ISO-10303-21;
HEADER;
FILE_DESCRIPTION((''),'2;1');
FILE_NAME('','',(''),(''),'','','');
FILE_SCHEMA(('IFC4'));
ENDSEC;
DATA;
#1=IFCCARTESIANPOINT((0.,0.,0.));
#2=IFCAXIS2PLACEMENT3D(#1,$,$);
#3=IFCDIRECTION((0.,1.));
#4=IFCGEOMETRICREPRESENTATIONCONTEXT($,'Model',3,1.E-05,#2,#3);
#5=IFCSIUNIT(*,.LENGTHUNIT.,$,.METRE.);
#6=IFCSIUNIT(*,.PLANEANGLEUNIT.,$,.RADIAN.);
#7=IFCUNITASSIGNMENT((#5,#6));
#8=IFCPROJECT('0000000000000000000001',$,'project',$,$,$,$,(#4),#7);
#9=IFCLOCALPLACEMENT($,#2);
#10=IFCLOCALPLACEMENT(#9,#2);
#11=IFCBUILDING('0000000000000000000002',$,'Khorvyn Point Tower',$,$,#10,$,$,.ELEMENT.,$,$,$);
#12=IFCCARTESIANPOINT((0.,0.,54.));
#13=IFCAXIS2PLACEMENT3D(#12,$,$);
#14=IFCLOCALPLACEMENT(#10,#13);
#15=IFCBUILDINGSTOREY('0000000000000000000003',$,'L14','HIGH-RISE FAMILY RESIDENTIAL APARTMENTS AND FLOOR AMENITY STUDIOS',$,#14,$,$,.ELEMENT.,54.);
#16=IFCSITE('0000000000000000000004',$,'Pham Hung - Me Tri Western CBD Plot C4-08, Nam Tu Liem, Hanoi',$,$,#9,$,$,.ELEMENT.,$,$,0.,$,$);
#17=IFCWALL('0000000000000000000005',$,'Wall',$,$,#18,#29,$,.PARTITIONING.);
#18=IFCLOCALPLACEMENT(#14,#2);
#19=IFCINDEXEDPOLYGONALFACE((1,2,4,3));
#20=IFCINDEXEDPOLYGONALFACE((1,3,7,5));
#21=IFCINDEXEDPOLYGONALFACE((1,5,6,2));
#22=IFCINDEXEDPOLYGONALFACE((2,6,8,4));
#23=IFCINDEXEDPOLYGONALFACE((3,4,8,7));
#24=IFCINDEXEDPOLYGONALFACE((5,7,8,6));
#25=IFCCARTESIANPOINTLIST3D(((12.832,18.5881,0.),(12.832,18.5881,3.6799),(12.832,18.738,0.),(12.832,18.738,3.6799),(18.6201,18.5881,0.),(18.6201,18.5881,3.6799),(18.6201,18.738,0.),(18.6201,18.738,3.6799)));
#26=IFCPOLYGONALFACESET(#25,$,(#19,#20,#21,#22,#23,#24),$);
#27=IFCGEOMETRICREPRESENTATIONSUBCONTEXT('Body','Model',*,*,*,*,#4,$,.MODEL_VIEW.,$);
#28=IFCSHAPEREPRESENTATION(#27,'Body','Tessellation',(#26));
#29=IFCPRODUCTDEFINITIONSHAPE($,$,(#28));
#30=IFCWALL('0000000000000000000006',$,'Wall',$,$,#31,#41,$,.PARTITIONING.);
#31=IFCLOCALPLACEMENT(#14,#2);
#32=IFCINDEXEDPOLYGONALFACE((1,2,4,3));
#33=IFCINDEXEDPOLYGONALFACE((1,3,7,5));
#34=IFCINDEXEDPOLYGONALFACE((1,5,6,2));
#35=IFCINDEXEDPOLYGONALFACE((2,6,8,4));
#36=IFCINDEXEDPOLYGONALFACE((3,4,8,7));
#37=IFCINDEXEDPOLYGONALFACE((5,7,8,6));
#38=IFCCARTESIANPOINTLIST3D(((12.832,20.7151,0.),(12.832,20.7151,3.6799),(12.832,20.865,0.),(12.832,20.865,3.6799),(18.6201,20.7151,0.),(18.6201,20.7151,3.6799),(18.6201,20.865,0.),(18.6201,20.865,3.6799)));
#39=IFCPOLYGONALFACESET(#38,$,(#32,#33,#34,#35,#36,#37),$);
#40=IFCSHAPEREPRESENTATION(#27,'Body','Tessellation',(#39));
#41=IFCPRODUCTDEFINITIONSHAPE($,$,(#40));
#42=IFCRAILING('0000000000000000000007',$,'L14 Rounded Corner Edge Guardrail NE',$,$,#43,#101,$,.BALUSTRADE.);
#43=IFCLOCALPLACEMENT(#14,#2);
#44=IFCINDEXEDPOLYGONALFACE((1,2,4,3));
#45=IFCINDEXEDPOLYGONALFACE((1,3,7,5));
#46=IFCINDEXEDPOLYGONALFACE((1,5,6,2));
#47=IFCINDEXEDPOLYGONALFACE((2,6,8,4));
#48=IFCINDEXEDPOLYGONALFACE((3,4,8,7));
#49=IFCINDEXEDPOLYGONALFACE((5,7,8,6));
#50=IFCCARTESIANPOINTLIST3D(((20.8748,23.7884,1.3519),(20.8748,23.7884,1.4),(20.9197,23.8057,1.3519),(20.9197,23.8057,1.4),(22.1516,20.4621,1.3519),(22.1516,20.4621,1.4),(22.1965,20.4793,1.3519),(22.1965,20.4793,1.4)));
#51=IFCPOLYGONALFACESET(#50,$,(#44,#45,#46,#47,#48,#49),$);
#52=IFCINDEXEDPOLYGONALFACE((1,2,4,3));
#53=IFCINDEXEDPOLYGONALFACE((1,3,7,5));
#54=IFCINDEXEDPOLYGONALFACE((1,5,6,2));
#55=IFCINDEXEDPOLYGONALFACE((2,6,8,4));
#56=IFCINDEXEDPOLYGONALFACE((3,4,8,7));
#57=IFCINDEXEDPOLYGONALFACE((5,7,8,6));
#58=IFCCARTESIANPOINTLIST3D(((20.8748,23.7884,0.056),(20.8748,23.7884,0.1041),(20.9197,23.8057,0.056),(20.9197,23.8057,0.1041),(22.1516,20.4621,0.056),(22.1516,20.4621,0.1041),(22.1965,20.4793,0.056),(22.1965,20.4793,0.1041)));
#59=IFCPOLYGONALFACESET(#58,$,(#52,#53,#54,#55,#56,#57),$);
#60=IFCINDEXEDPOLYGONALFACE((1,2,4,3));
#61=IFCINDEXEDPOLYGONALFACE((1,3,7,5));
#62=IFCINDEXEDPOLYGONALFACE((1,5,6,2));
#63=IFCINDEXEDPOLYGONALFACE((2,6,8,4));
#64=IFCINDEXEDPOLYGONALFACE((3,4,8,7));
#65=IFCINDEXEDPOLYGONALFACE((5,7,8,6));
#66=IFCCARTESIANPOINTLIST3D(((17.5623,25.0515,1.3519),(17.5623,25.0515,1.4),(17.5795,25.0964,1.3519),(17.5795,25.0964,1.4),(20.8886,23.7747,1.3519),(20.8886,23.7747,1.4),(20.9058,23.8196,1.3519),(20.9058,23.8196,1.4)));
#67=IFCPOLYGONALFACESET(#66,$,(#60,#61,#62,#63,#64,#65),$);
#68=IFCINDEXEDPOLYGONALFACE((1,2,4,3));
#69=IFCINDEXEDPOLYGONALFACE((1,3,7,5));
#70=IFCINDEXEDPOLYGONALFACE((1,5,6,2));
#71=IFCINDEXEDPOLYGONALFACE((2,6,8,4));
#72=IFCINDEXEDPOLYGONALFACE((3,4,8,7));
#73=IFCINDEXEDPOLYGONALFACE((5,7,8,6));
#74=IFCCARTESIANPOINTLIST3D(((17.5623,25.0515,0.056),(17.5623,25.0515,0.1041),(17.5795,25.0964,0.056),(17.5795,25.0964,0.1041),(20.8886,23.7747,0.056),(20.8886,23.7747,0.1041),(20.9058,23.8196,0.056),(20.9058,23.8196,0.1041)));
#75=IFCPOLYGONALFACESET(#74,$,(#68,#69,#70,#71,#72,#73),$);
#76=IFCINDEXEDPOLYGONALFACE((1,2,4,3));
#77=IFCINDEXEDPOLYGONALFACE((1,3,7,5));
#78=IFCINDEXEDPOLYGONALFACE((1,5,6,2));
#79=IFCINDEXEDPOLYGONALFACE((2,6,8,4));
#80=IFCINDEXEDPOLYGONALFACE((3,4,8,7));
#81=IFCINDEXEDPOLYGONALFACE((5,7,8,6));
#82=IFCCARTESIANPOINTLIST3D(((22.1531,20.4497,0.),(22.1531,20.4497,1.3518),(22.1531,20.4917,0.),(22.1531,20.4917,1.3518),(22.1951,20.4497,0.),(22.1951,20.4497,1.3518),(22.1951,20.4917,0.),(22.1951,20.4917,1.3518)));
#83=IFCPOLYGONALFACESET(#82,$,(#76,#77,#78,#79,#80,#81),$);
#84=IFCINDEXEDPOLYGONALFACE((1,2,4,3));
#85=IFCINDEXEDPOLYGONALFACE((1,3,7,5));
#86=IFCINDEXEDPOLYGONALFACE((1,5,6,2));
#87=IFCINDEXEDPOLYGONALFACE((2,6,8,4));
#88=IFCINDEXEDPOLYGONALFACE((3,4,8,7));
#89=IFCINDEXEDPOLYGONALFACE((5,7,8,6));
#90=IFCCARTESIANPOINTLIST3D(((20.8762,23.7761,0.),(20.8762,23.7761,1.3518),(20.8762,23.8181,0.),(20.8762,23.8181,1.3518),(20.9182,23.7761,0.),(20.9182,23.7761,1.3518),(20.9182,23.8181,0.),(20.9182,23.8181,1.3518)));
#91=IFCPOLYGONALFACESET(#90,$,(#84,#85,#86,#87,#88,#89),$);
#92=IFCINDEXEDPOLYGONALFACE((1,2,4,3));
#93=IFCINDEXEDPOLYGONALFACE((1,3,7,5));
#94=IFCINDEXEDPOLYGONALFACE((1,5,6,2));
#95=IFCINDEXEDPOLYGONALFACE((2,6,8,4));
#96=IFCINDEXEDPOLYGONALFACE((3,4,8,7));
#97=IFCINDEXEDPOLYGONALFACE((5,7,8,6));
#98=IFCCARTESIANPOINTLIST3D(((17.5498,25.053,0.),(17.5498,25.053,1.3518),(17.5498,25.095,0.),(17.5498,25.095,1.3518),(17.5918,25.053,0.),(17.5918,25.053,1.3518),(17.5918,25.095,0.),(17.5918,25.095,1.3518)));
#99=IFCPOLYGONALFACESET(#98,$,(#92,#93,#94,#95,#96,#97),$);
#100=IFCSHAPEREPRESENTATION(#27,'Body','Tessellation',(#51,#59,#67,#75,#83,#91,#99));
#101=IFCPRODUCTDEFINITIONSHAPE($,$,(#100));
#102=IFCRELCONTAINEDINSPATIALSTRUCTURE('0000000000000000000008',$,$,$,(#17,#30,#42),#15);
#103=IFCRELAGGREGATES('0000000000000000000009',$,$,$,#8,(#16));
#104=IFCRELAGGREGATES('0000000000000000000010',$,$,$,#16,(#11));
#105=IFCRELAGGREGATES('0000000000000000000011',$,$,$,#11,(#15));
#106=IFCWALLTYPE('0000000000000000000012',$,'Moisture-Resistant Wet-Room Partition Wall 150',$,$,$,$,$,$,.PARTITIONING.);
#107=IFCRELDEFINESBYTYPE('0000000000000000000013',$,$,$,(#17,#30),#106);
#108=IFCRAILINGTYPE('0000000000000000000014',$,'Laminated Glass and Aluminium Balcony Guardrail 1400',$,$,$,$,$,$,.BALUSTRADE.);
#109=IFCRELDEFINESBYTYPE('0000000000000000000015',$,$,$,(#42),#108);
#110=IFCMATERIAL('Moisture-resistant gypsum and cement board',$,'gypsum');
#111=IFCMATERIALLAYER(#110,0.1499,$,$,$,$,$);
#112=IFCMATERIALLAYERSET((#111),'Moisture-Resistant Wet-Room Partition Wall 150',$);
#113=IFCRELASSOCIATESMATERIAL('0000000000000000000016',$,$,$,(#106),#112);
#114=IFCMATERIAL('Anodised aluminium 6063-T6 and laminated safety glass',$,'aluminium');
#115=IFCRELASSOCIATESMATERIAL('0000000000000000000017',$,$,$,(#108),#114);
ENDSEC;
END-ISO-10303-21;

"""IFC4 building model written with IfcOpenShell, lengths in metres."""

from ifc_helpers import new_model, si_unit, direction, frame, frame_2d, origin, origin_2d, place, context, subcontext, project, spatial, rectangle, extrude, material, layer, layer_set, type_object, element, save


model = new_model("IFC4")

# Units and contexts
model_context = context("Model", 3, precision=1e-05, world=origin(), true_north=direction((0.0, 1.0)))
body_context = subcontext(model_context, "Body", "Model", "MODEL_VIEW")
ifc_project = project(units=[si_unit("LENGTHUNIT", "METRE"), si_unit("PLANEANGLEUNIT", "RADIAN")], contexts=[model_context])

# Site, building, storey
site_placement = place(None, origin())
site = spatial("IfcSite", under=ifc_project, at=site_placement, Name="Pham Hung - Me Tri Western CBD Plot C4-08, Nam Tu Liem, Hanoi", CompositionType="ELEMENT", RefElevation=0.0)
building_placement = place(site_placement, origin())
building = spatial("IfcBuilding", under=site, at=building_placement, Name="Khorvyn Point Tower", CompositionType="ELEMENT")
storey_placement = place(building_placement, frame((0.0, 0.0, 54.0)))
storey = spatial("IfcBuildingStorey", under=building, at=storey_placement, Name="L14", Description="HIGH-RISE FAMILY RESIDENTIAL APARTMENTS AND FLOOR AMENITY STUDIOS", CompositionType="ELEMENT", Elevation=54.0)

# Shared definitions
ifc_material_1 = material(Name="Moisture-resistant gypsum and cement board", Category="gypsum")
ifc_layer_1 = layer(ifc_material_1, 0.1499)
ifc_layer_set_1 = layer_set([ifc_layer_1], Name="Moisture-Resistant Wet-Room Partition Wall 150")
wall_type_1 = type_object("IfcWallType", Name="Moisture-Resistant Wet-Room Partition Wall 150", PredefinedType="PARTITIONING", material=ifc_layer_set_1)

# Walls
for number, where, z_axis, x_axis, name in (
    (1, (12.832, 18.6631, 0.0), (0.0, 0.0, 1.0), (1.0, 0.0, 0.0), "Wall"),
    (2, (12.832, 20.79, 0.0), (0.0, 0.0, 1.0), (1.0, 0.0, 0.0), "Wall"),
):
    element("IfcWall", number, at=place(storey_placement, frame(where, z_axis=z_axis, x_axis=x_axis)), inside=storey, type_object=wall_type_1, Name=name, PredefinedType="PARTITIONING", context=body_context, shape_type="SweptSolid", body=[
        extrude(rectangle(XDim=5.7881, YDim=0.1499, at=frame_2d((2.894, 0.0))), origin(), (0.0, 0.0, 1.0), 3.6799),
    ])

# Railing
ifc_material_2 = material(Name="Anodised aluminium 6063-T6 and laminated safety glass", Category="aluminium")
railing_type = type_object("IfcRailingType", Name="Laminated Glass and Aluminium Balcony Guardrail 1400", PredefinedType="BALUSTRADE", material=ifc_material_2)
railing_placement = place(storey_placement, frame((22.1741, 20.4707, 0.0)))
element("IfcRailing", 3, at=railing_placement, inside=storey, type_object=railing_type, Name="L14 Rounded Corner Edge Guardrail NE", PredefinedType="BALUSTRADE", context=body_context, shape_type="SweptSolid", body=[
    extrude(rectangle(XDim=0.0481, YDim=0.0481, at=origin_2d()), frame((0.0, 0.0, 1.376), z_axis=(-0.358359, 0.933584, 0.0), x_axis=(-0.933584, -0.358359, 0.0)), (0.0, 0.0, 1.0), 3.563),
    extrude(rectangle(XDim=0.0481, YDim=0.0481, at=origin_2d()), frame((0.0, 0.0, 0.0801), z_axis=(-0.358359, 0.933584, 0.0), x_axis=(-0.933584, -0.358359, 0.0)), (0.0, 0.0, 1.0), 3.563),
    extrude(rectangle(XDim=0.0481, YDim=0.0481, at=origin_2d()), frame((-1.2769, 3.3264, 1.376), z_axis=(-0.933584, 0.358359, 0.0), x_axis=(-0.358359, -0.933584, 0.0)), (0.0, 0.0, 1.0), 3.563),
    extrude(rectangle(XDim=0.0481, YDim=0.0481, at=origin_2d()), frame((-1.2769, 3.3264, 0.0801), z_axis=(-0.933584, 0.358359, 0.0), x_axis=(-0.358359, -0.933584, 0.0)), (0.0, 0.0, 1.0), 3.563),
    extrude(rectangle(XDim=0.042, YDim=0.042, at=origin_2d()), origin(), (0.0, 0.0, 1.0), 1.3518),
    extrude(rectangle(XDim=0.042, YDim=0.042, at=origin_2d()), frame((-1.2769, 3.3264, 0.0)), (0.0, 0.0, 1.0), 1.3518),
    extrude(rectangle(XDim=0.042, YDim=0.042, at=origin_2d()), frame((-4.6033, 4.6033, 0.0)), (0.0, 0.0, 1.0), 1.3518),
])

save(model, "model.ifc")
